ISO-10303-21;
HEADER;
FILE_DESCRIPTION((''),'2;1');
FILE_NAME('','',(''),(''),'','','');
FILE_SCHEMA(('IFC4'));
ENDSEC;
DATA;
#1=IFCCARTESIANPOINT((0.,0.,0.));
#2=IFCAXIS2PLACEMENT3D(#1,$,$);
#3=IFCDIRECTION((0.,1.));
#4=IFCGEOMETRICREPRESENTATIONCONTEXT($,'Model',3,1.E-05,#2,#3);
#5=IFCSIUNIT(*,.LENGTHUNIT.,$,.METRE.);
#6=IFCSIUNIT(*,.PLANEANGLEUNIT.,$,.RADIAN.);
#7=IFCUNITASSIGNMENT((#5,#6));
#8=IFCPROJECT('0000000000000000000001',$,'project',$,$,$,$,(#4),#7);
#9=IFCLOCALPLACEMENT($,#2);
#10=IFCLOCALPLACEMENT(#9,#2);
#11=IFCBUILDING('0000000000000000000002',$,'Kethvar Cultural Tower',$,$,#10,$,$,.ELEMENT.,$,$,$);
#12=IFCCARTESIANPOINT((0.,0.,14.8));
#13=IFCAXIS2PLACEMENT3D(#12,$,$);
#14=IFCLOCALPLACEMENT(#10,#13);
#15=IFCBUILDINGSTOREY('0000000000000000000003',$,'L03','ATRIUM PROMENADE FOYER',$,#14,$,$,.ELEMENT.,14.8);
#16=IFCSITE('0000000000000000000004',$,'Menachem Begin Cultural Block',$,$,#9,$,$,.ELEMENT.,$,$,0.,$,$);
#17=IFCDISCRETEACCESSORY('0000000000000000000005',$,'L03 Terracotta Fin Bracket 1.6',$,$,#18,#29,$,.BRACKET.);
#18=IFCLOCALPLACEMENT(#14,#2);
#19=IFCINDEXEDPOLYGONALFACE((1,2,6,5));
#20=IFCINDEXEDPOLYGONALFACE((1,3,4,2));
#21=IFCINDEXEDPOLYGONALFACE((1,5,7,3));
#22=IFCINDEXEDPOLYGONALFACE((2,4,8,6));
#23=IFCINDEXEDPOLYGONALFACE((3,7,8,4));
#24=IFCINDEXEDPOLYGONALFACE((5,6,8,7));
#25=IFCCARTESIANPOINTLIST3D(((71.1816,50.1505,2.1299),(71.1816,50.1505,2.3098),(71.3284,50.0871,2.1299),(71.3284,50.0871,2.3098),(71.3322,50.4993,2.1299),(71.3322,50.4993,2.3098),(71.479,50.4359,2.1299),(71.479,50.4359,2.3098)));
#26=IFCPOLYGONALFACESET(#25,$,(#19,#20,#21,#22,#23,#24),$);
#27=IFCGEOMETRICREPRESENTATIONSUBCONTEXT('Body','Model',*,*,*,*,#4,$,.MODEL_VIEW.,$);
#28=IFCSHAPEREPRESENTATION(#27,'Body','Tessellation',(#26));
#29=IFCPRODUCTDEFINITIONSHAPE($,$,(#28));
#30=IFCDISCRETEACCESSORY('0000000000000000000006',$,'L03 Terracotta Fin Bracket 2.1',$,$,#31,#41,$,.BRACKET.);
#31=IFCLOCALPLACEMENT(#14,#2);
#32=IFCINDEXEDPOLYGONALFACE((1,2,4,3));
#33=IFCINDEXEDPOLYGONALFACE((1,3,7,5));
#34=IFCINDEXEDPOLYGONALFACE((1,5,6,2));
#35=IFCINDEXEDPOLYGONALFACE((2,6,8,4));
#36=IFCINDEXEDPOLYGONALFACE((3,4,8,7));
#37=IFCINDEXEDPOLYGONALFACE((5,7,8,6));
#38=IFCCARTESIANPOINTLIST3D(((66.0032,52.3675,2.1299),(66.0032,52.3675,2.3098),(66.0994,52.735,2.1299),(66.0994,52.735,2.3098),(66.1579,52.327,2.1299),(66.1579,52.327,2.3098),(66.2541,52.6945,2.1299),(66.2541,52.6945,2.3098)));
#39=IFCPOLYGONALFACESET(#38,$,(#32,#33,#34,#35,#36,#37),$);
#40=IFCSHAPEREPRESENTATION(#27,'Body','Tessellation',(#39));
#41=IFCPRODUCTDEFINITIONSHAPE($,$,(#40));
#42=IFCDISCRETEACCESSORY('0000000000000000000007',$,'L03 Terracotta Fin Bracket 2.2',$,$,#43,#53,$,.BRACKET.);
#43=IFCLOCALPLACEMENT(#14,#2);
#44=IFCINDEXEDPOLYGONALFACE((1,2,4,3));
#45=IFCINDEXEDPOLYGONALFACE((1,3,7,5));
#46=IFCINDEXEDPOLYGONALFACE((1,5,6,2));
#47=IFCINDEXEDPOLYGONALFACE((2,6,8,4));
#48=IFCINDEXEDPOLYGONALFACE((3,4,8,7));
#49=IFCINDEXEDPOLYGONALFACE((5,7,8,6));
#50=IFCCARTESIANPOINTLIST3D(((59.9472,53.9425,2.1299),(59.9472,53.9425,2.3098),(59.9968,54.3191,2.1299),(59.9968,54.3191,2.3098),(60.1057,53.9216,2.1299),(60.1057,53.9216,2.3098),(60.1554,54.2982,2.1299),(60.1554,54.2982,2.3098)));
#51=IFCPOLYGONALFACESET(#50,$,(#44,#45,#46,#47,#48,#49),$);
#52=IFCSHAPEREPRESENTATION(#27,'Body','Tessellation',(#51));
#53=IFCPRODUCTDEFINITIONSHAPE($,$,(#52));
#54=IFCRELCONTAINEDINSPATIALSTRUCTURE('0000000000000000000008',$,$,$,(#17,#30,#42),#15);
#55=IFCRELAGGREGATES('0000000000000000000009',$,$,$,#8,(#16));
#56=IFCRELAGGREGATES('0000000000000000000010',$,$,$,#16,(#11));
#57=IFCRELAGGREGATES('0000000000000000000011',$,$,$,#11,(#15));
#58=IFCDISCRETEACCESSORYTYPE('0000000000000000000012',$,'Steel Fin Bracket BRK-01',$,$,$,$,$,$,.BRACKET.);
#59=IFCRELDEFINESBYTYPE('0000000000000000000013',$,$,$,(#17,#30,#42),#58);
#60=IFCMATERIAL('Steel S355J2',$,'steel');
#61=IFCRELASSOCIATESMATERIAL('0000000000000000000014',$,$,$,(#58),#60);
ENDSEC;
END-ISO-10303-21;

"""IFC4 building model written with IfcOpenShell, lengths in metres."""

from ifc_helpers import new_model, si_unit, direction, frame, origin, origin_2d, place, context, subcontext, project, spatial, rectangle, extrude, source, transform, mapped, material, type_object, element, save


model = new_model("IFC4")

# Units and contexts
model_context = context("Model", 3, precision=1e-05, world=origin(), true_north=direction((0.0, 1.0)))
body_context = subcontext(model_context, "Body", "Model", "MODEL_VIEW")
ifc_project = project(units=[si_unit("LENGTHUNIT", "METRE"), si_unit("PLANEANGLEUNIT", "RADIAN")], contexts=[model_context])

# Site, building, storey
site_placement = place(None, origin())
site = spatial("IfcSite", under=ifc_project, at=site_placement, Name="Menachem Begin Cultural Block", CompositionType="ELEMENT", RefElevation=0.0)
building_placement = place(site_placement, origin())
building = spatial("IfcBuilding", under=site, at=building_placement, Name="Kethvar Cultural Tower", CompositionType="ELEMENT")
storey_placement = place(building_placement, frame((0.0, 0.0, 14.8)))
storey = spatial("IfcBuildingStorey", under=building, at=storey_placement, Name="L03", Description="ATRIUM PROMENADE FOYER", CompositionType="ELEMENT", Elevation=14.8)

# Shared definitions
ifc_material_1 = material(Name="Steel S355J2", Category="steel")

# Discrete accessories
discrete_accessory_type = type_object("IfcDiscreteAccessoryType", Name="Steel Fin Bracket BRK-01", PredefinedType="BRACKET", material=ifc_material_1)
shared_shape_1 = source(origin(), body_context, "Body", "SweptSolid", [
    extrude(rectangle(XDim=0.3799, YDim=0.1599, at=origin_2d()), origin(), (0.0, 0.0, 1.0), 0.1799),
])
for number, where, z_axis, x_axis, name in (
    (1, (71.3303, 50.2932, 2.1299), (0.0, 0.0, 1.0), (0.396347, 0.918101, 0.0), "L03 Terracotta Fin Bracket 1.6"),
    (2, (66.1287, 52.531, 2.1299), (0.0, 0.0, 1.0), (0.253083, 0.967445, 0.0), "L03 Terracotta Fin Bracket 2.1"),
    (3, (60.0513, 54.1204, 2.1299), (0.0, 0.0, 1.0), (0.130699, 0.991422, 0.0), "L03 Terracotta Fin Bracket 2.2"),
):
    element("IfcDiscreteAccessory", number, at=place(storey_placement, frame(where, z_axis=z_axis, x_axis=x_axis)), inside=storey, type_object=discrete_accessory_type, Name=name, PredefinedType="BRACKET", context=body_context, shape_type="MappedRepresentation", body=[
        mapped(shared_shape_1, transform((0.0, 0.0, 0.0), scale=1.0)),
    ])

save(model, "model.ifc")
